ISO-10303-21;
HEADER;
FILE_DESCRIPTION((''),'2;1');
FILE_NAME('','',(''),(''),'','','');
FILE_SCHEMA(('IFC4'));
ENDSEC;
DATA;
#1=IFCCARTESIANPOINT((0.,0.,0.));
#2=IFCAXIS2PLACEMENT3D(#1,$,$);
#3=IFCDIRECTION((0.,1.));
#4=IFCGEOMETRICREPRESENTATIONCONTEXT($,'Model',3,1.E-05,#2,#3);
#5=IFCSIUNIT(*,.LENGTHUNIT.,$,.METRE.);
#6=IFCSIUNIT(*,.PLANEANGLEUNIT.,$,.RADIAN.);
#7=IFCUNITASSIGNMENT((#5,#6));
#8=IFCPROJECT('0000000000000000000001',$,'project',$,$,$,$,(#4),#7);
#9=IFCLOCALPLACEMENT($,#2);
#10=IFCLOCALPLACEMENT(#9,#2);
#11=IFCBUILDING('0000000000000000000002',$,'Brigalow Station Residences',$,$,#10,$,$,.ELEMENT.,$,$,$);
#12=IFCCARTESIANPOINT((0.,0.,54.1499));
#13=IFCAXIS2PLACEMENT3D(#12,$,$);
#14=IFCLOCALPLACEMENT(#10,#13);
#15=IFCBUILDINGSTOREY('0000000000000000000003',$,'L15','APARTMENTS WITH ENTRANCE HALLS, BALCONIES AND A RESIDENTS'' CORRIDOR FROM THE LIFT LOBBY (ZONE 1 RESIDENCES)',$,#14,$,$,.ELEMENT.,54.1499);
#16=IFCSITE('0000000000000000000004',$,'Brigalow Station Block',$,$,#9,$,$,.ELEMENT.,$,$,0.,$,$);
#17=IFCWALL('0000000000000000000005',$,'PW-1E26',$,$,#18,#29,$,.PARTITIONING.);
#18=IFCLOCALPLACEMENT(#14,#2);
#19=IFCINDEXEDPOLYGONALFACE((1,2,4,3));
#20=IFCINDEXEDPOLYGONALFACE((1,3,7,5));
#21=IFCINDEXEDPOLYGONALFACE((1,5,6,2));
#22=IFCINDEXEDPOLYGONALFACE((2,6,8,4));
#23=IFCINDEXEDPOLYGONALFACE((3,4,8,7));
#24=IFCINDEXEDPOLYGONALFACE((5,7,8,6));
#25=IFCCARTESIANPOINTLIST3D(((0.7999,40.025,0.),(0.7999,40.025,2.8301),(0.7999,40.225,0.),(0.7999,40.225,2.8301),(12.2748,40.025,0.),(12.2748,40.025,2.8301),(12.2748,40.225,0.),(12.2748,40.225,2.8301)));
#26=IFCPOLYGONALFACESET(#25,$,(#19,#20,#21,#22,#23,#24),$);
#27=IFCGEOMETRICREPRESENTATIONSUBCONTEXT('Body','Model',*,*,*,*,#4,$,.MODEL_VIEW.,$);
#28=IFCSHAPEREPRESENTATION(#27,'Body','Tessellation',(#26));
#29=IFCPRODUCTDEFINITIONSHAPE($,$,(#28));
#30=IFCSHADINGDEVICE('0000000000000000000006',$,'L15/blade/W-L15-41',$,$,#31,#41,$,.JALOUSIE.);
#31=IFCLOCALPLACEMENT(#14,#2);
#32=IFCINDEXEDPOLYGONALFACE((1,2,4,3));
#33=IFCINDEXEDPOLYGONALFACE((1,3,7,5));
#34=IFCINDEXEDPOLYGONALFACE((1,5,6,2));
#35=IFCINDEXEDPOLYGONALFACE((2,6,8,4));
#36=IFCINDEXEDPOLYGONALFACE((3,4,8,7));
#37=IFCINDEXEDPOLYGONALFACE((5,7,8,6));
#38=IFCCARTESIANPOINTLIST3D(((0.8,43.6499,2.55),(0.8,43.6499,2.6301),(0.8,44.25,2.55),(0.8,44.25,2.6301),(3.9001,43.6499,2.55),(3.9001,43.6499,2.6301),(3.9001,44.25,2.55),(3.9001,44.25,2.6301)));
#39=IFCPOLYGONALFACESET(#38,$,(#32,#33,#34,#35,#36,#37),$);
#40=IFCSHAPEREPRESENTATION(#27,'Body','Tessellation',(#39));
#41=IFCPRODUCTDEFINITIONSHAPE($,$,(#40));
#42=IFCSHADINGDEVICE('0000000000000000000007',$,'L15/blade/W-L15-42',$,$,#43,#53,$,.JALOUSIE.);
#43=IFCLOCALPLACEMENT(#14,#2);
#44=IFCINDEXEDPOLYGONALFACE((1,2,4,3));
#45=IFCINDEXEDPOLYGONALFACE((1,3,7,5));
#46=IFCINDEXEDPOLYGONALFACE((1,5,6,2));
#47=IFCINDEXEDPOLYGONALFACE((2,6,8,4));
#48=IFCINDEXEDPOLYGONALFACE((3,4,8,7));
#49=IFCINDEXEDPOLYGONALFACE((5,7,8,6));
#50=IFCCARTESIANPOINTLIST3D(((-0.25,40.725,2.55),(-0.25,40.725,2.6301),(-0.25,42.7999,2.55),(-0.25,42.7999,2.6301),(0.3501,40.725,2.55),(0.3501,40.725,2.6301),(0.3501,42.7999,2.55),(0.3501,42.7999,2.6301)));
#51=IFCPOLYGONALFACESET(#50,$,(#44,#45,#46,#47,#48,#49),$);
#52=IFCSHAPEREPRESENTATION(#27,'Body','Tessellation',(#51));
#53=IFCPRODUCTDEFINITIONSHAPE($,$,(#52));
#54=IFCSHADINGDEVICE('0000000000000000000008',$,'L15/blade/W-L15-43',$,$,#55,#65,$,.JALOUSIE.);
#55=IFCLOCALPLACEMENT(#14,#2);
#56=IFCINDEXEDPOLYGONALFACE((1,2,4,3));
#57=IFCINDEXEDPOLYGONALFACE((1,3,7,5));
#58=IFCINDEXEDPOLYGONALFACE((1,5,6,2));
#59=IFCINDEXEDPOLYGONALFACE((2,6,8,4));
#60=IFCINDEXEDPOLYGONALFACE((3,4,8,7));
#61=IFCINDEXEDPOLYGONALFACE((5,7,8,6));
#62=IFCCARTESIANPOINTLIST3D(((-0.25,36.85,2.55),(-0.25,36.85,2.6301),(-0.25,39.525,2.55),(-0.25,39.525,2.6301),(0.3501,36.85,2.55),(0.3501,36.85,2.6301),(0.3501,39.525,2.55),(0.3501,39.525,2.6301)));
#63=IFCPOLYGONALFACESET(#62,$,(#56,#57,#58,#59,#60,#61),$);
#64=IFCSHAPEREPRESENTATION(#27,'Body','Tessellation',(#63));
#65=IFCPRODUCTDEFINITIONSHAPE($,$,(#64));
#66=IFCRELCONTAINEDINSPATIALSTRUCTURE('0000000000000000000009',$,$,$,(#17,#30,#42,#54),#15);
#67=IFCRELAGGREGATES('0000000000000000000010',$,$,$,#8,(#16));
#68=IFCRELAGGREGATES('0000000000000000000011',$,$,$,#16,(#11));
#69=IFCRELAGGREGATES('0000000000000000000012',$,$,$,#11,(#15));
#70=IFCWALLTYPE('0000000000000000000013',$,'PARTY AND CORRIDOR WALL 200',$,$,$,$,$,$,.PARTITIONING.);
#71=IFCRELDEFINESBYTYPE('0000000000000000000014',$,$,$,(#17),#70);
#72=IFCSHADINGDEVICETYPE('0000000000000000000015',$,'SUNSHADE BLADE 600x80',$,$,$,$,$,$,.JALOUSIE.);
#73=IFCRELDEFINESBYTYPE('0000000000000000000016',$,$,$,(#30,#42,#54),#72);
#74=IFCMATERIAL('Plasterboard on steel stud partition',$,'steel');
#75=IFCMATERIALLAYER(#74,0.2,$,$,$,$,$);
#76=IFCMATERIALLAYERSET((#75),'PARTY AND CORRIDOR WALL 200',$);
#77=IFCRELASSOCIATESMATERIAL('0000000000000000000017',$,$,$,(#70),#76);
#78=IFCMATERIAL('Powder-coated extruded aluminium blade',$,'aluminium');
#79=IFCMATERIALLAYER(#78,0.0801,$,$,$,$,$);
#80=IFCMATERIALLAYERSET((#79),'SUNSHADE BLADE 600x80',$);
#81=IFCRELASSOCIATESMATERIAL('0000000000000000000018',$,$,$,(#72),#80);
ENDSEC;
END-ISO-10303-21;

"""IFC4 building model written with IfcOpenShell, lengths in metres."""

from ifc_helpers import new_model, si_unit, direction, frame, frame_2d, origin, origin_2d, place, context, subcontext, project, spatial, rectangle, extrude, material, layer, layer_set, type_object, element, save


model = new_model("IFC4")

# Units and contexts
model_context = context("Model", 3, precision=1e-05, world=origin(), true_north=direction((0.0, 1.0)))
body_context = subcontext(model_context, "Body", "Model", "MODEL_VIEW")
ifc_project = project(units=[si_unit("LENGTHUNIT", "METRE"), si_unit("PLANEANGLEUNIT", "RADIAN")], contexts=[model_context])

# Site, building, storey
site_placement = place(None, origin())
site = spatial("IfcSite", under=ifc_project, at=site_placement, Name="Brigalow Station Block", CompositionType="ELEMENT", RefElevation=0.0)
building_placement = place(site_placement, origin())
building = spatial("IfcBuilding", under=site, at=building_placement, Name="Brigalow Station Residences", CompositionType="ELEMENT")
storey_placement = place(building_placement, frame((0.0, 0.0, 54.1499)))
storey = spatial("IfcBuildingStorey", under=building, at=storey_placement, Name="L15", Description="APARTMENTS WITH ENTRANCE HALLS, BALCONIES AND A RESIDENTS' CORRIDOR FROM THE LIFT LOBBY (ZONE 1 RESIDENCES)", CompositionType="ELEMENT", Elevation=54.1499)

# Wall
ifc_material_1 = material(Name="Plasterboard on steel stud partition", Category="steel")
ifc_layer_1 = layer(ifc_material_1, 0.2)
ifc_layer_set_1 = layer_set([ifc_layer_1], Name="PARTY AND CORRIDOR WALL 200")
wall_type_1 = type_object("IfcWallType", Name="PARTY AND CORRIDOR WALL 200", PredefinedType="PARTITIONING", material=ifc_layer_set_1)
wall_1_placement = place(storey_placement, frame((0.8, 40.125, 0.0), z_axis=(0.0, 0.0, 1.0), x_axis=(1.0, 0.0, 0.0)))
element("IfcWall", 1, at=wall_1_placement, inside=storey, type_object=wall_type_1, Name="PW-1E26", PredefinedType="PARTITIONING", context=body_context, shape_type="SweptSolid", body=[
    extrude(rectangle(XDim=11.4749, YDim=0.2, at=frame_2d((5.7373, 0.0))), origin(), (0.0, 0.0, 1.0), 2.8301),
])

# Shading devices
ifc_material_2 = material(Name="Powder-coated extruded aluminium blade", Category="aluminium")
ifc_layer_2 = layer(ifc_material_2, 0.0801)
ifc_layer_set_2 = layer_set([ifc_layer_2], Name="SUNSHADE BLADE 600x80")
shading_device_type = type_object("IfcShadingDeviceType", Name="SUNSHADE BLADE 600x80", PredefinedType="JALOUSIE", material=ifc_layer_set_2)
shading_device_1_placement = place(storey_placement, frame((2.3501, 43.95, 2.55), z_axis=(0.0, 0.0, 1.0), x_axis=(-1.0, 0.0, 0.0)))
element("IfcShadingDevice", 2, at=shading_device_1_placement, inside=storey, type_object=shading_device_type, Name="L15/blade/W-L15-41", PredefinedType="JALOUSIE", context=body_context, shape_type="SweptSolid", body=[
    extrude(rectangle(XDim=3.1001, YDim=0.6001, at=origin_2d()), origin(), (0.0, 0.0, 1.0), 0.0801),
])
shading_device_2_placement = place(storey_placement, frame((0.05, 41.7625, 2.55), z_axis=(0.0, 0.0, 1.0), x_axis=(0.0, -1.0, 0.0)))
element("IfcShadingDevice", 3, at=shading_device_2_placement, inside=storey, type_object=shading_device_type, Name="L15/blade/W-L15-42", PredefinedType="JALOUSIE", context=body_context, shape_type="SweptSolid", body=[
    extrude(rectangle(XDim=2.075, YDim=0.6001, at=origin_2d()), origin(), (0.0, 0.0, 1.0), 0.0801),
])
shading_device_3_placement = place(storey_placement, frame((0.05, 38.1875, 2.55), z_axis=(0.0, 0.0, 1.0), x_axis=(0.0, -1.0, 0.0)))
element("IfcShadingDevice", 4, at=shading_device_3_placement, inside=storey, type_object=shading_device_type, Name="L15/blade/W-L15-43", PredefinedType="JALOUSIE", context=body_context, shape_type="SweptSolid", body=[
    extrude(rectangle(XDim=2.675, YDim=0.6001, at=origin_2d()), origin(), (0.0, 0.0, 1.0), 0.0801),
])

save(model, "model.ifc")
